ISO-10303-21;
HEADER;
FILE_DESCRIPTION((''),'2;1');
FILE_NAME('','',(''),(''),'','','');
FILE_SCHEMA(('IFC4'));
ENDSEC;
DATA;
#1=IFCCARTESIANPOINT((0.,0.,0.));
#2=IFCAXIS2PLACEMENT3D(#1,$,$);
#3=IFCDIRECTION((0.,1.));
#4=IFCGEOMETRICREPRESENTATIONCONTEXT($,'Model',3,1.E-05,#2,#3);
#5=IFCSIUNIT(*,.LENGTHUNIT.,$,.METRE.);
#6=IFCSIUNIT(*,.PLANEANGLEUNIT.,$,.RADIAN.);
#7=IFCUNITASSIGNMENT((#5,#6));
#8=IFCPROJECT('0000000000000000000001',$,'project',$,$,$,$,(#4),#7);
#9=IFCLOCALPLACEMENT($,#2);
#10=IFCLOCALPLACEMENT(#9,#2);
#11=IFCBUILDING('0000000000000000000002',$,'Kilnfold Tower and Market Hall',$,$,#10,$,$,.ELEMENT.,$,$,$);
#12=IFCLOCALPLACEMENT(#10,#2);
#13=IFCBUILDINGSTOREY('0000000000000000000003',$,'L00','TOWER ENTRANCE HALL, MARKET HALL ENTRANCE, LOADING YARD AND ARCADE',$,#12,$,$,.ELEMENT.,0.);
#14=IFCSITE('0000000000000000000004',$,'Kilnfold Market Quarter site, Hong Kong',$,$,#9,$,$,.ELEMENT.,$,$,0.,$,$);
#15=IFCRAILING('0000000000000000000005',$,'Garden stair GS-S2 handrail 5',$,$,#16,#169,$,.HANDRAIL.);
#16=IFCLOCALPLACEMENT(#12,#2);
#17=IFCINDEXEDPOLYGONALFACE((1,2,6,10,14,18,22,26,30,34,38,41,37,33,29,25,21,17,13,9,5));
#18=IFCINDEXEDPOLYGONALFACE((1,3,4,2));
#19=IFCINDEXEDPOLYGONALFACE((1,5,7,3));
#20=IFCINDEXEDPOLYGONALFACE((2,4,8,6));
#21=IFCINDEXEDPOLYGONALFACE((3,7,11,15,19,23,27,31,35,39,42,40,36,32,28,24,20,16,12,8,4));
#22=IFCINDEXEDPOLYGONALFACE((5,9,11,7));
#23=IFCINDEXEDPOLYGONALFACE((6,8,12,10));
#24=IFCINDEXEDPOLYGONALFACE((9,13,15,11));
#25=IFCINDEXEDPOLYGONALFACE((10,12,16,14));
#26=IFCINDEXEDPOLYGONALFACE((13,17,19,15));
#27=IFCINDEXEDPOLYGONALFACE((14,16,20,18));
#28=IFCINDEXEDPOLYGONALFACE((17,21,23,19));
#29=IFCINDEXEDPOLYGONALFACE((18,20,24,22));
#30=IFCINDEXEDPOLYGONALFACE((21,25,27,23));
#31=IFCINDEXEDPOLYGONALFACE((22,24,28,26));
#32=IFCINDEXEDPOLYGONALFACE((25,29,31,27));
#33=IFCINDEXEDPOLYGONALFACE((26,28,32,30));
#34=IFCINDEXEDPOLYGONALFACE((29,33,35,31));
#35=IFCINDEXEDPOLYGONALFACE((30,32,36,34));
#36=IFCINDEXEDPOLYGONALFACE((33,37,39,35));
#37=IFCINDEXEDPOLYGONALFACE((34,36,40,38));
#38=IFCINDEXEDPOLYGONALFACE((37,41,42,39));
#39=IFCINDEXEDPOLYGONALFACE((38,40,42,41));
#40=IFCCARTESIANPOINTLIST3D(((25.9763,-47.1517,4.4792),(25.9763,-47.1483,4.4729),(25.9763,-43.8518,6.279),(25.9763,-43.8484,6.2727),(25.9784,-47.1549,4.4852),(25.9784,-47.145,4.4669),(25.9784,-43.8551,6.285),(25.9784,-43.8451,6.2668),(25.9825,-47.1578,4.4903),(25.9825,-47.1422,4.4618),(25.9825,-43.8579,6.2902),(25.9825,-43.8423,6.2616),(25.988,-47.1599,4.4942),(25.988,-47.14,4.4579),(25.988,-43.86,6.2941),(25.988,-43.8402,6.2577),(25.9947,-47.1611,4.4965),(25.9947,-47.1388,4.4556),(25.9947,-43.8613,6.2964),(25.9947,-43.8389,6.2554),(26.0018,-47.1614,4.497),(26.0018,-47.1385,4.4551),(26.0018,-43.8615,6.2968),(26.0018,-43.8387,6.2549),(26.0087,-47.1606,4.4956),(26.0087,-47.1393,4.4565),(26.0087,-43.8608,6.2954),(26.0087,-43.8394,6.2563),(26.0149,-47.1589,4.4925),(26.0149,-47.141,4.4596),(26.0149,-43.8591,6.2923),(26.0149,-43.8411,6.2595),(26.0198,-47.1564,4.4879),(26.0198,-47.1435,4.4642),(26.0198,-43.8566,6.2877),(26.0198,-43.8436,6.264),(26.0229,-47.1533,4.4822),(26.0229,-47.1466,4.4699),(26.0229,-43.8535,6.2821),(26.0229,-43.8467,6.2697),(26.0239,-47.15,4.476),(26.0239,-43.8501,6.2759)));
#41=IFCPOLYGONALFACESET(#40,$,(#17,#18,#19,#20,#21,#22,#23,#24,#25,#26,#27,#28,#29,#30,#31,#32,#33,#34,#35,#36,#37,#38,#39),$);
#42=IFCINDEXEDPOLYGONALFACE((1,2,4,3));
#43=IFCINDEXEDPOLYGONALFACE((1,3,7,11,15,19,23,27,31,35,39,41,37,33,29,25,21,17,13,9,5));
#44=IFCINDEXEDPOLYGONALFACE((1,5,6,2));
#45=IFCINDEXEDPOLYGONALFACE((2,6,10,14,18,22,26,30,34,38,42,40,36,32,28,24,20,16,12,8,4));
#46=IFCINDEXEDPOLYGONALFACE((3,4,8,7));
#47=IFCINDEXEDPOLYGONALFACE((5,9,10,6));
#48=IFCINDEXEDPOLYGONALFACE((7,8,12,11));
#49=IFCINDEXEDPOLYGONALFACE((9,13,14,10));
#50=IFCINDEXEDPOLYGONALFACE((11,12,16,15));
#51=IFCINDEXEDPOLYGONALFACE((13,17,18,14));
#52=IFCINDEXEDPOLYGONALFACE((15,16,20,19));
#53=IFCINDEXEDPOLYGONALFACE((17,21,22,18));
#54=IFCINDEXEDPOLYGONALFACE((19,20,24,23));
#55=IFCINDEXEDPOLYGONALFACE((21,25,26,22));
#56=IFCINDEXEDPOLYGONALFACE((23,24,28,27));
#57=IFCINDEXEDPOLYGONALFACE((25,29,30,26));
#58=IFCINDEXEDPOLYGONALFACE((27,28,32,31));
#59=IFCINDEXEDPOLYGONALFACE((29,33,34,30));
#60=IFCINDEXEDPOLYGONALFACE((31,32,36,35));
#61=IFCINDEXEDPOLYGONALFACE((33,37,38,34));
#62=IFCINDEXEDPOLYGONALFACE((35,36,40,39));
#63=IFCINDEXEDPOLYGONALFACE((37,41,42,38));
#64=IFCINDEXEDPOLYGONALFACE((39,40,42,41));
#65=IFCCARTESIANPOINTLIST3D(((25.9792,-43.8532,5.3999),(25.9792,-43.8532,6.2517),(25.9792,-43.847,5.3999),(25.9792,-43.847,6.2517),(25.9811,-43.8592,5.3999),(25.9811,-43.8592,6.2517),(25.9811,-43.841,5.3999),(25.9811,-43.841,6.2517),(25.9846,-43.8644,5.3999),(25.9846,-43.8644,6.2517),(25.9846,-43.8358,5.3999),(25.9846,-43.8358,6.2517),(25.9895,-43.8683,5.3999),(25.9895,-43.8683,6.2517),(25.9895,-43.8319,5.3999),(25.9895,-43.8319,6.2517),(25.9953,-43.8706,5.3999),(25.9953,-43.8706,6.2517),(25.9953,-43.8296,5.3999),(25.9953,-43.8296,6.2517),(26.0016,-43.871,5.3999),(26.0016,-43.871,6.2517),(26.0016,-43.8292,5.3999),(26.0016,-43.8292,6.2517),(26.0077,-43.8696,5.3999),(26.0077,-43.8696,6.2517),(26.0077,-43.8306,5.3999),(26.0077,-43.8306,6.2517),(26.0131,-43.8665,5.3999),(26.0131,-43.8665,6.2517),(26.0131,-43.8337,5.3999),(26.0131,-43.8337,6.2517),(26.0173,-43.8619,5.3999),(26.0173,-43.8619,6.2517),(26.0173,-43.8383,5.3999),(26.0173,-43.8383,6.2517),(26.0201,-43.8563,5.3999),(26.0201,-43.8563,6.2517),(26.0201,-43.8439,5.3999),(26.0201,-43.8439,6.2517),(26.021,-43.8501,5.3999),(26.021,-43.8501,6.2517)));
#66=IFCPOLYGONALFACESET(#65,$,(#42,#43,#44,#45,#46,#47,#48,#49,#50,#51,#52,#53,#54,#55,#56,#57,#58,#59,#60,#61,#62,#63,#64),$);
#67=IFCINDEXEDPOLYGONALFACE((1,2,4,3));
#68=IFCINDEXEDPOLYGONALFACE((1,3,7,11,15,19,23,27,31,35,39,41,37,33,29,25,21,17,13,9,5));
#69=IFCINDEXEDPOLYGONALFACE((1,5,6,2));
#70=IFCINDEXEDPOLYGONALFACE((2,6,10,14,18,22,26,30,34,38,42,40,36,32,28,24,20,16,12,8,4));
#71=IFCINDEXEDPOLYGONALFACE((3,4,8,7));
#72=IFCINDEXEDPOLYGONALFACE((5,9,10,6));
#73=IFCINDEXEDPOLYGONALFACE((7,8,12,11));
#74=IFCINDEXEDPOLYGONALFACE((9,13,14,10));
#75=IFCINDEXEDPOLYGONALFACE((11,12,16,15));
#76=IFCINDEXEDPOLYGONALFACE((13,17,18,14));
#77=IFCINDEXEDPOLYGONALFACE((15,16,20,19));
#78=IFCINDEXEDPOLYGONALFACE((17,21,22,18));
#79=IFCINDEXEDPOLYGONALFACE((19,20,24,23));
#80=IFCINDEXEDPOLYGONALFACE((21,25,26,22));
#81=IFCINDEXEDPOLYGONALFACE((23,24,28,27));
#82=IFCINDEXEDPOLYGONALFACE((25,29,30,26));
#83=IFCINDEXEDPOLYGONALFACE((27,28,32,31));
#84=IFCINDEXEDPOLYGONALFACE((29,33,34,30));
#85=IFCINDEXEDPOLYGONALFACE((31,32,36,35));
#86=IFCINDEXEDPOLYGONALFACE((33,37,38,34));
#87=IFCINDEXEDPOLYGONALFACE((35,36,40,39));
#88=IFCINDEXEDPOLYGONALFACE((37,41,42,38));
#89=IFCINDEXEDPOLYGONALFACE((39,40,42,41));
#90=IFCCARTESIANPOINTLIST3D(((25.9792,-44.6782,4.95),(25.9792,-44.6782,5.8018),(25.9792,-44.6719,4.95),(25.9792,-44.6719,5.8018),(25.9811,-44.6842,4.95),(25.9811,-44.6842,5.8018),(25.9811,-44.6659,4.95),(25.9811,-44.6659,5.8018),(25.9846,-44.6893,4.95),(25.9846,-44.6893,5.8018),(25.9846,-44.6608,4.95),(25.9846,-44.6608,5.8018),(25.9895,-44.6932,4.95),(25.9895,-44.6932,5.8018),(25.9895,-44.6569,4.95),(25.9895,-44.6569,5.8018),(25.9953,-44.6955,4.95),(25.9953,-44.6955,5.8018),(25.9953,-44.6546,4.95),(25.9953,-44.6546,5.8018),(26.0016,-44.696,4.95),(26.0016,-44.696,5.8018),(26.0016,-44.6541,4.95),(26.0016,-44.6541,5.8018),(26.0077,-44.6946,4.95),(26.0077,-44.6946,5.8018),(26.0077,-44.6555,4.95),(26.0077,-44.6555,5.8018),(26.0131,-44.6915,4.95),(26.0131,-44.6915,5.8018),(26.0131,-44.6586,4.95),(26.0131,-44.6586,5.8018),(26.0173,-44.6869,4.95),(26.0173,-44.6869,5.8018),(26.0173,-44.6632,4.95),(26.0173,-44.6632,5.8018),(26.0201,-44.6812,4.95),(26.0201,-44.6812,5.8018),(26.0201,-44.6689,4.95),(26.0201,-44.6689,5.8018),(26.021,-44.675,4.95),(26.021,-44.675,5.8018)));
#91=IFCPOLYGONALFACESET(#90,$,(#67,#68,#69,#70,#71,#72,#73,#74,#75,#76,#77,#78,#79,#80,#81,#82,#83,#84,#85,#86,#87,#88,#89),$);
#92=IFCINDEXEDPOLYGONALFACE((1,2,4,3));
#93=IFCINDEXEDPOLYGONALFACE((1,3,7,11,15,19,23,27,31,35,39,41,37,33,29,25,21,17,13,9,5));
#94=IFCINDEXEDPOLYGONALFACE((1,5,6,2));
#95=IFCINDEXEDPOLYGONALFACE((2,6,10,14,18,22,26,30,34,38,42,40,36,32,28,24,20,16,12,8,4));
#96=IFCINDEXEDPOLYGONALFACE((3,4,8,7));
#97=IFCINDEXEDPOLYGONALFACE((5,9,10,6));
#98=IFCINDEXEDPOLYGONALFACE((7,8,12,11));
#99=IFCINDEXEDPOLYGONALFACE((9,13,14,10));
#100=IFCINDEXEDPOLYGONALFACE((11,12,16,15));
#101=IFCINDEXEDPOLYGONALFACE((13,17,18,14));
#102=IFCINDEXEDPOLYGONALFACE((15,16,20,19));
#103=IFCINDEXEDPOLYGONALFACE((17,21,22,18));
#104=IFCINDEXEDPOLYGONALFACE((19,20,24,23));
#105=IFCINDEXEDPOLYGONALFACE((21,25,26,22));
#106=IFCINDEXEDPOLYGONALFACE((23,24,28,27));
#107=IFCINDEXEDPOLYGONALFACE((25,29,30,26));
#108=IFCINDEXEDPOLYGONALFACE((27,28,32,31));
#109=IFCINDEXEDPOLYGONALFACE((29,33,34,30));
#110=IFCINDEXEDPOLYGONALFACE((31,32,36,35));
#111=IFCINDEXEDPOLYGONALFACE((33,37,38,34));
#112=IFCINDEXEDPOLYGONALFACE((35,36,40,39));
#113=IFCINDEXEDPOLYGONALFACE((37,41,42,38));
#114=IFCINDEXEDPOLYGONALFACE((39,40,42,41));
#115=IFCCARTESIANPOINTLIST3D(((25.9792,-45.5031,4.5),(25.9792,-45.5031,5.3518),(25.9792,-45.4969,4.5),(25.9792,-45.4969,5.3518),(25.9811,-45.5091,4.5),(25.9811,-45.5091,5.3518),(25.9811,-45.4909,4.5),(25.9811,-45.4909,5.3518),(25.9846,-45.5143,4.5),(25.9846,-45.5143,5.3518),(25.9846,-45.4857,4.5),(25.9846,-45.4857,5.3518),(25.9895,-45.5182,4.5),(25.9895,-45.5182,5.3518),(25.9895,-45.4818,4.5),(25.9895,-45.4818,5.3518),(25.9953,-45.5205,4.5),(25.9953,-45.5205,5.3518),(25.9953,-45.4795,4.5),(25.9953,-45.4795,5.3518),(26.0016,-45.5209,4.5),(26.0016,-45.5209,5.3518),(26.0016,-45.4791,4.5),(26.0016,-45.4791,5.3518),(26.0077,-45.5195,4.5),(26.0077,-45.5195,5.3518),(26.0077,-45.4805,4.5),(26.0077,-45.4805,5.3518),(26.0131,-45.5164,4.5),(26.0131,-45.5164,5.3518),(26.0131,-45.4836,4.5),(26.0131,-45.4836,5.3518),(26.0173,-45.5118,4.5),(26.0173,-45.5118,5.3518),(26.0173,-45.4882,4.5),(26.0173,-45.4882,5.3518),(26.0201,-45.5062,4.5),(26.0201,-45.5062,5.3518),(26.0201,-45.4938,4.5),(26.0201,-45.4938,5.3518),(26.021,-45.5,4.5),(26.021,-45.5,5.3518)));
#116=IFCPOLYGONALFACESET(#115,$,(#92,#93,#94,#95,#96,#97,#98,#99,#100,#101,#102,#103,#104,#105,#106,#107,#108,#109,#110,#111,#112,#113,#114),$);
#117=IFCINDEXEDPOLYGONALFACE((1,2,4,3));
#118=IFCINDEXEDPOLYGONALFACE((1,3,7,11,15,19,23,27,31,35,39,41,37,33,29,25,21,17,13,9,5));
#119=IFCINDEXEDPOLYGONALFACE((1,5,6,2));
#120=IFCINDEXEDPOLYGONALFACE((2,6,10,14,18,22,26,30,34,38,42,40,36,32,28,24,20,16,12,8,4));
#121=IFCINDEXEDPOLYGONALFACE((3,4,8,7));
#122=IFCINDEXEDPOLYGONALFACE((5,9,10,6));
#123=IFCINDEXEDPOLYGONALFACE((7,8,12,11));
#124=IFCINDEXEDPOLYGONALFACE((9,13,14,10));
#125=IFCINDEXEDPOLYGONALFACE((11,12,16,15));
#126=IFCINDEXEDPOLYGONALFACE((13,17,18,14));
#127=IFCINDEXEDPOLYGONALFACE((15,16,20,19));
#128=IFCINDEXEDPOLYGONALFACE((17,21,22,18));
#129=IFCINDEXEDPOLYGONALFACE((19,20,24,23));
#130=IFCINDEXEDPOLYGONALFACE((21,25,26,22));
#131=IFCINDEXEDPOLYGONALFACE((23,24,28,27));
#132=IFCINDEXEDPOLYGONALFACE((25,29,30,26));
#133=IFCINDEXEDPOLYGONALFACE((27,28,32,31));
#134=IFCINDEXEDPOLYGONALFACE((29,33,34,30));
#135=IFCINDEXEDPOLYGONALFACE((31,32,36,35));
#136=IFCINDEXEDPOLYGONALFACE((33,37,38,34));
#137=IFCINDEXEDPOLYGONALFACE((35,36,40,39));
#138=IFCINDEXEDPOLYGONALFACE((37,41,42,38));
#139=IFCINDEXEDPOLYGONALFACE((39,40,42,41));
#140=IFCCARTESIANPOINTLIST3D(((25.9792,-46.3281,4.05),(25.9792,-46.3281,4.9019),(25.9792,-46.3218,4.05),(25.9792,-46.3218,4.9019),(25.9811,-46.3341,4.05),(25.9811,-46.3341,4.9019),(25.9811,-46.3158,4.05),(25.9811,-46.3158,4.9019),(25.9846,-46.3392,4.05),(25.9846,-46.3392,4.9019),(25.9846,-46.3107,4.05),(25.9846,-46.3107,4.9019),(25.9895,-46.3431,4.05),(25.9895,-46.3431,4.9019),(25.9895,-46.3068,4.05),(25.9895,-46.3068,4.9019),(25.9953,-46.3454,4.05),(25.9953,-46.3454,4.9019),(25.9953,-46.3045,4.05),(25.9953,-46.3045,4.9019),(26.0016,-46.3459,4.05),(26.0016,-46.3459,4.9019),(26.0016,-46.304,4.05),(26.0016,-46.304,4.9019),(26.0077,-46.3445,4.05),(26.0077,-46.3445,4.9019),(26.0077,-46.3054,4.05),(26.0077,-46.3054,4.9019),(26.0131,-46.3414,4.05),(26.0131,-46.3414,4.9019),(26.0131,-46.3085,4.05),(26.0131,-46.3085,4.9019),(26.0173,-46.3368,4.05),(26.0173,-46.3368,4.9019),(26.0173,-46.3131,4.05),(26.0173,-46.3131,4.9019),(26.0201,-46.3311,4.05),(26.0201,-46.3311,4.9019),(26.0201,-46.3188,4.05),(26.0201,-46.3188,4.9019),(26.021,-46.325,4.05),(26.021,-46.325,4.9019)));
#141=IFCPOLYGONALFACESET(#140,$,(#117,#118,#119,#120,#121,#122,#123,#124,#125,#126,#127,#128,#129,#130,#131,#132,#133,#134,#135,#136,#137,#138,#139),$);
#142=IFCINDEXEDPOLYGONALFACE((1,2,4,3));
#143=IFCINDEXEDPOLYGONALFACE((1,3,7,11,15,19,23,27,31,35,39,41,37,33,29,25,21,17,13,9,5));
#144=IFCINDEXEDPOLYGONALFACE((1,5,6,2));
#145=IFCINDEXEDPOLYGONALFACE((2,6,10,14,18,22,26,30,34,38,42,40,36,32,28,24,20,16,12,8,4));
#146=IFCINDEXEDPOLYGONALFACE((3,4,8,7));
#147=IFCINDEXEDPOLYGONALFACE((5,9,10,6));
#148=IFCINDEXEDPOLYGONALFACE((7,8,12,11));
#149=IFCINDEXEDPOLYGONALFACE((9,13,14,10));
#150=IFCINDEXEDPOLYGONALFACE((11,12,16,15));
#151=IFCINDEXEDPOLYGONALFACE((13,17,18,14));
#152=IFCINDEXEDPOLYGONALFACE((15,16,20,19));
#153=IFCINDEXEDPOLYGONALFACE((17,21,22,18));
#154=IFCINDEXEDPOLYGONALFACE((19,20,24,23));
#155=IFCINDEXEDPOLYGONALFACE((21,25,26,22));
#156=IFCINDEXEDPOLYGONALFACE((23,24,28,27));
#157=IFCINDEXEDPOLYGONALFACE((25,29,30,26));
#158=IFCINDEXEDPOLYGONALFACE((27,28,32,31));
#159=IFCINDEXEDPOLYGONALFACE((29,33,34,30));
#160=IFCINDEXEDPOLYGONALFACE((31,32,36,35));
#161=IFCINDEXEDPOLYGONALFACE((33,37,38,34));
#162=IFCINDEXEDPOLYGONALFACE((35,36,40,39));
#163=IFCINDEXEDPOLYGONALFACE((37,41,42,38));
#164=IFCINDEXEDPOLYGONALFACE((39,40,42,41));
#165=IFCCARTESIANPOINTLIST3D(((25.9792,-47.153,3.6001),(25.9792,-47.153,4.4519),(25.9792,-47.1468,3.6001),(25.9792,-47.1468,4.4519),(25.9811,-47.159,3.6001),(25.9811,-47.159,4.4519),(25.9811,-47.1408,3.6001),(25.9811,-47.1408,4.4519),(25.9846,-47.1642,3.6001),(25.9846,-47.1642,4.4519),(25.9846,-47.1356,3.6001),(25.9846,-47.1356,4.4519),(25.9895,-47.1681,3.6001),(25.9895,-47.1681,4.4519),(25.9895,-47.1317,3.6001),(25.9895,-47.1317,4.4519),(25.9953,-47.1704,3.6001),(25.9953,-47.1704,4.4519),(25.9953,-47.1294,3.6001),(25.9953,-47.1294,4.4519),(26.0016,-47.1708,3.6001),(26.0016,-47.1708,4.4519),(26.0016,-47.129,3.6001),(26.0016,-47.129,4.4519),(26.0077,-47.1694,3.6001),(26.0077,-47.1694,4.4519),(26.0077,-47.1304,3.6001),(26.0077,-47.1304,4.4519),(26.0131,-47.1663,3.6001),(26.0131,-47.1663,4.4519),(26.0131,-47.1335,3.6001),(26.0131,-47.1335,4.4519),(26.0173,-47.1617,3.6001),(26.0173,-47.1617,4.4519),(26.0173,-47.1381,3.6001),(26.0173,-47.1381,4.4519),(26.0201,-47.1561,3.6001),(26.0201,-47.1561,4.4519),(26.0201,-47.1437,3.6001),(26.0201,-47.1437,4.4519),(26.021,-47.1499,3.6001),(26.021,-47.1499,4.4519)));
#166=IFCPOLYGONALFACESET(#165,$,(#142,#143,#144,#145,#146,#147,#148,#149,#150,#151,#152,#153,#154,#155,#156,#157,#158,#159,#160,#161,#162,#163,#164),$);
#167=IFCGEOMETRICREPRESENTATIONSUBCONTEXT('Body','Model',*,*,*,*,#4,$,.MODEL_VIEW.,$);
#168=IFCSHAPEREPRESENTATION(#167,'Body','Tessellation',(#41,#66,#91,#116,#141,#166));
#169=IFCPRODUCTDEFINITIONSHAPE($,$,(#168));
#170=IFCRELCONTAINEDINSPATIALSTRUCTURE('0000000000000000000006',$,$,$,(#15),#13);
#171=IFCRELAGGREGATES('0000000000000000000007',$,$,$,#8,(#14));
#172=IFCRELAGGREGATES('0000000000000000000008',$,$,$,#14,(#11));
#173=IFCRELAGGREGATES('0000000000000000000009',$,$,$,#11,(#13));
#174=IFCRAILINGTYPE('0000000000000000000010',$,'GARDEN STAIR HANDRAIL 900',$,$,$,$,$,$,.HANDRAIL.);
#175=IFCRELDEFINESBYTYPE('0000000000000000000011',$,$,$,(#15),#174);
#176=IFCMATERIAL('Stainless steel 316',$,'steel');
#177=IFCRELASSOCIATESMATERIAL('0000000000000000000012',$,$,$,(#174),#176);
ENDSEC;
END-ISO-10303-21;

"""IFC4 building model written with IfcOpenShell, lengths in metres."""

from ifc_helpers import new_model, si_unit, direction, frame, origin, origin_2d, place, context, subcontext, project, spatial, circle, extrude, material, type_object, element, save


model = new_model("IFC4")

# Units and contexts
model_context = context("Model", 3, precision=1e-05, world=origin(), true_north=direction((0.0, 1.0)))
body_context = subcontext(model_context, "Body", "Model", "MODEL_VIEW")
ifc_project = project(units=[si_unit("LENGTHUNIT", "METRE"), si_unit("PLANEANGLEUNIT", "RADIAN")], contexts=[model_context])

# Site, building, storey
site_placement = place(None, origin())
site = spatial("IfcSite", under=ifc_project, at=site_placement, Name="Kilnfold Market Quarter site, Hong Kong", CompositionType="ELEMENT", RefElevation=0.0)
building_placement = place(site_placement, origin())
building = spatial("IfcBuilding", under=site, at=building_placement, Name="Kilnfold Tower and Market Hall", CompositionType="ELEMENT")
storey_placement = place(building_placement, origin())
storey = spatial("IfcBuildingStorey", under=building, at=storey_placement, Name="L00", Description="TOWER ENTRANCE HALL, MARKET HALL ENTRANCE, LOADING YARD AND ARCADE", CompositionType="ELEMENT", Elevation=0.0)

# Railing
ifc_material_1 = material(Name="Stainless steel 316", Category="steel")
railing_type_1 = type_object("IfcRailingType", Name="GARDEN STAIR HANDRAIL 900", PredefinedType="HANDRAIL", material=ifc_material_1)
railing_1_placement = place(storey_placement, frame((26.0, -43.8501, 5.3999)))
element("IfcRailing", 1, at=railing_1_placement, inside=storey, type_object=railing_type_1, Name="Garden stair GS-S2 handrail 5", PredefinedType="HANDRAIL", context=body_context, shape_type="SweptSolid", body=[
    extrude(circle(Radius=0.0239, at=origin_2d()), frame((0.0, 0.0, 0.876), z_axis=(0.0, -0.877906, -0.478834), x_axis=(1.0, 0.0, 0.0)), (0.0, 0.0, 1.0), 3.7588),
    extrude(circle(Radius=0.021, at=origin_2d()), origin(), (0.0, 0.0, 1.0), 0.8518),
    extrude(circle(Radius=0.021, at=origin_2d()), frame((0.0, -0.825, -0.45)), (0.0, 0.0, 1.0), 0.8518),
    extrude(circle(Radius=0.021, at=origin_2d()), frame((0.0, -1.6499, -0.8999)), (0.0, 0.0, 1.0), 0.8518),
    extrude(circle(Radius=0.021, at=origin_2d()), frame((0.0, -2.4749, -1.3499)), (0.0, 0.0, 1.0), 0.8518),
    extrude(circle(Radius=0.021, at=origin_2d()), frame((0.0, -3.2998, -1.7998)), (0.0, 0.0, 1.0), 0.8518),
])

save(model, "model.ifc")
